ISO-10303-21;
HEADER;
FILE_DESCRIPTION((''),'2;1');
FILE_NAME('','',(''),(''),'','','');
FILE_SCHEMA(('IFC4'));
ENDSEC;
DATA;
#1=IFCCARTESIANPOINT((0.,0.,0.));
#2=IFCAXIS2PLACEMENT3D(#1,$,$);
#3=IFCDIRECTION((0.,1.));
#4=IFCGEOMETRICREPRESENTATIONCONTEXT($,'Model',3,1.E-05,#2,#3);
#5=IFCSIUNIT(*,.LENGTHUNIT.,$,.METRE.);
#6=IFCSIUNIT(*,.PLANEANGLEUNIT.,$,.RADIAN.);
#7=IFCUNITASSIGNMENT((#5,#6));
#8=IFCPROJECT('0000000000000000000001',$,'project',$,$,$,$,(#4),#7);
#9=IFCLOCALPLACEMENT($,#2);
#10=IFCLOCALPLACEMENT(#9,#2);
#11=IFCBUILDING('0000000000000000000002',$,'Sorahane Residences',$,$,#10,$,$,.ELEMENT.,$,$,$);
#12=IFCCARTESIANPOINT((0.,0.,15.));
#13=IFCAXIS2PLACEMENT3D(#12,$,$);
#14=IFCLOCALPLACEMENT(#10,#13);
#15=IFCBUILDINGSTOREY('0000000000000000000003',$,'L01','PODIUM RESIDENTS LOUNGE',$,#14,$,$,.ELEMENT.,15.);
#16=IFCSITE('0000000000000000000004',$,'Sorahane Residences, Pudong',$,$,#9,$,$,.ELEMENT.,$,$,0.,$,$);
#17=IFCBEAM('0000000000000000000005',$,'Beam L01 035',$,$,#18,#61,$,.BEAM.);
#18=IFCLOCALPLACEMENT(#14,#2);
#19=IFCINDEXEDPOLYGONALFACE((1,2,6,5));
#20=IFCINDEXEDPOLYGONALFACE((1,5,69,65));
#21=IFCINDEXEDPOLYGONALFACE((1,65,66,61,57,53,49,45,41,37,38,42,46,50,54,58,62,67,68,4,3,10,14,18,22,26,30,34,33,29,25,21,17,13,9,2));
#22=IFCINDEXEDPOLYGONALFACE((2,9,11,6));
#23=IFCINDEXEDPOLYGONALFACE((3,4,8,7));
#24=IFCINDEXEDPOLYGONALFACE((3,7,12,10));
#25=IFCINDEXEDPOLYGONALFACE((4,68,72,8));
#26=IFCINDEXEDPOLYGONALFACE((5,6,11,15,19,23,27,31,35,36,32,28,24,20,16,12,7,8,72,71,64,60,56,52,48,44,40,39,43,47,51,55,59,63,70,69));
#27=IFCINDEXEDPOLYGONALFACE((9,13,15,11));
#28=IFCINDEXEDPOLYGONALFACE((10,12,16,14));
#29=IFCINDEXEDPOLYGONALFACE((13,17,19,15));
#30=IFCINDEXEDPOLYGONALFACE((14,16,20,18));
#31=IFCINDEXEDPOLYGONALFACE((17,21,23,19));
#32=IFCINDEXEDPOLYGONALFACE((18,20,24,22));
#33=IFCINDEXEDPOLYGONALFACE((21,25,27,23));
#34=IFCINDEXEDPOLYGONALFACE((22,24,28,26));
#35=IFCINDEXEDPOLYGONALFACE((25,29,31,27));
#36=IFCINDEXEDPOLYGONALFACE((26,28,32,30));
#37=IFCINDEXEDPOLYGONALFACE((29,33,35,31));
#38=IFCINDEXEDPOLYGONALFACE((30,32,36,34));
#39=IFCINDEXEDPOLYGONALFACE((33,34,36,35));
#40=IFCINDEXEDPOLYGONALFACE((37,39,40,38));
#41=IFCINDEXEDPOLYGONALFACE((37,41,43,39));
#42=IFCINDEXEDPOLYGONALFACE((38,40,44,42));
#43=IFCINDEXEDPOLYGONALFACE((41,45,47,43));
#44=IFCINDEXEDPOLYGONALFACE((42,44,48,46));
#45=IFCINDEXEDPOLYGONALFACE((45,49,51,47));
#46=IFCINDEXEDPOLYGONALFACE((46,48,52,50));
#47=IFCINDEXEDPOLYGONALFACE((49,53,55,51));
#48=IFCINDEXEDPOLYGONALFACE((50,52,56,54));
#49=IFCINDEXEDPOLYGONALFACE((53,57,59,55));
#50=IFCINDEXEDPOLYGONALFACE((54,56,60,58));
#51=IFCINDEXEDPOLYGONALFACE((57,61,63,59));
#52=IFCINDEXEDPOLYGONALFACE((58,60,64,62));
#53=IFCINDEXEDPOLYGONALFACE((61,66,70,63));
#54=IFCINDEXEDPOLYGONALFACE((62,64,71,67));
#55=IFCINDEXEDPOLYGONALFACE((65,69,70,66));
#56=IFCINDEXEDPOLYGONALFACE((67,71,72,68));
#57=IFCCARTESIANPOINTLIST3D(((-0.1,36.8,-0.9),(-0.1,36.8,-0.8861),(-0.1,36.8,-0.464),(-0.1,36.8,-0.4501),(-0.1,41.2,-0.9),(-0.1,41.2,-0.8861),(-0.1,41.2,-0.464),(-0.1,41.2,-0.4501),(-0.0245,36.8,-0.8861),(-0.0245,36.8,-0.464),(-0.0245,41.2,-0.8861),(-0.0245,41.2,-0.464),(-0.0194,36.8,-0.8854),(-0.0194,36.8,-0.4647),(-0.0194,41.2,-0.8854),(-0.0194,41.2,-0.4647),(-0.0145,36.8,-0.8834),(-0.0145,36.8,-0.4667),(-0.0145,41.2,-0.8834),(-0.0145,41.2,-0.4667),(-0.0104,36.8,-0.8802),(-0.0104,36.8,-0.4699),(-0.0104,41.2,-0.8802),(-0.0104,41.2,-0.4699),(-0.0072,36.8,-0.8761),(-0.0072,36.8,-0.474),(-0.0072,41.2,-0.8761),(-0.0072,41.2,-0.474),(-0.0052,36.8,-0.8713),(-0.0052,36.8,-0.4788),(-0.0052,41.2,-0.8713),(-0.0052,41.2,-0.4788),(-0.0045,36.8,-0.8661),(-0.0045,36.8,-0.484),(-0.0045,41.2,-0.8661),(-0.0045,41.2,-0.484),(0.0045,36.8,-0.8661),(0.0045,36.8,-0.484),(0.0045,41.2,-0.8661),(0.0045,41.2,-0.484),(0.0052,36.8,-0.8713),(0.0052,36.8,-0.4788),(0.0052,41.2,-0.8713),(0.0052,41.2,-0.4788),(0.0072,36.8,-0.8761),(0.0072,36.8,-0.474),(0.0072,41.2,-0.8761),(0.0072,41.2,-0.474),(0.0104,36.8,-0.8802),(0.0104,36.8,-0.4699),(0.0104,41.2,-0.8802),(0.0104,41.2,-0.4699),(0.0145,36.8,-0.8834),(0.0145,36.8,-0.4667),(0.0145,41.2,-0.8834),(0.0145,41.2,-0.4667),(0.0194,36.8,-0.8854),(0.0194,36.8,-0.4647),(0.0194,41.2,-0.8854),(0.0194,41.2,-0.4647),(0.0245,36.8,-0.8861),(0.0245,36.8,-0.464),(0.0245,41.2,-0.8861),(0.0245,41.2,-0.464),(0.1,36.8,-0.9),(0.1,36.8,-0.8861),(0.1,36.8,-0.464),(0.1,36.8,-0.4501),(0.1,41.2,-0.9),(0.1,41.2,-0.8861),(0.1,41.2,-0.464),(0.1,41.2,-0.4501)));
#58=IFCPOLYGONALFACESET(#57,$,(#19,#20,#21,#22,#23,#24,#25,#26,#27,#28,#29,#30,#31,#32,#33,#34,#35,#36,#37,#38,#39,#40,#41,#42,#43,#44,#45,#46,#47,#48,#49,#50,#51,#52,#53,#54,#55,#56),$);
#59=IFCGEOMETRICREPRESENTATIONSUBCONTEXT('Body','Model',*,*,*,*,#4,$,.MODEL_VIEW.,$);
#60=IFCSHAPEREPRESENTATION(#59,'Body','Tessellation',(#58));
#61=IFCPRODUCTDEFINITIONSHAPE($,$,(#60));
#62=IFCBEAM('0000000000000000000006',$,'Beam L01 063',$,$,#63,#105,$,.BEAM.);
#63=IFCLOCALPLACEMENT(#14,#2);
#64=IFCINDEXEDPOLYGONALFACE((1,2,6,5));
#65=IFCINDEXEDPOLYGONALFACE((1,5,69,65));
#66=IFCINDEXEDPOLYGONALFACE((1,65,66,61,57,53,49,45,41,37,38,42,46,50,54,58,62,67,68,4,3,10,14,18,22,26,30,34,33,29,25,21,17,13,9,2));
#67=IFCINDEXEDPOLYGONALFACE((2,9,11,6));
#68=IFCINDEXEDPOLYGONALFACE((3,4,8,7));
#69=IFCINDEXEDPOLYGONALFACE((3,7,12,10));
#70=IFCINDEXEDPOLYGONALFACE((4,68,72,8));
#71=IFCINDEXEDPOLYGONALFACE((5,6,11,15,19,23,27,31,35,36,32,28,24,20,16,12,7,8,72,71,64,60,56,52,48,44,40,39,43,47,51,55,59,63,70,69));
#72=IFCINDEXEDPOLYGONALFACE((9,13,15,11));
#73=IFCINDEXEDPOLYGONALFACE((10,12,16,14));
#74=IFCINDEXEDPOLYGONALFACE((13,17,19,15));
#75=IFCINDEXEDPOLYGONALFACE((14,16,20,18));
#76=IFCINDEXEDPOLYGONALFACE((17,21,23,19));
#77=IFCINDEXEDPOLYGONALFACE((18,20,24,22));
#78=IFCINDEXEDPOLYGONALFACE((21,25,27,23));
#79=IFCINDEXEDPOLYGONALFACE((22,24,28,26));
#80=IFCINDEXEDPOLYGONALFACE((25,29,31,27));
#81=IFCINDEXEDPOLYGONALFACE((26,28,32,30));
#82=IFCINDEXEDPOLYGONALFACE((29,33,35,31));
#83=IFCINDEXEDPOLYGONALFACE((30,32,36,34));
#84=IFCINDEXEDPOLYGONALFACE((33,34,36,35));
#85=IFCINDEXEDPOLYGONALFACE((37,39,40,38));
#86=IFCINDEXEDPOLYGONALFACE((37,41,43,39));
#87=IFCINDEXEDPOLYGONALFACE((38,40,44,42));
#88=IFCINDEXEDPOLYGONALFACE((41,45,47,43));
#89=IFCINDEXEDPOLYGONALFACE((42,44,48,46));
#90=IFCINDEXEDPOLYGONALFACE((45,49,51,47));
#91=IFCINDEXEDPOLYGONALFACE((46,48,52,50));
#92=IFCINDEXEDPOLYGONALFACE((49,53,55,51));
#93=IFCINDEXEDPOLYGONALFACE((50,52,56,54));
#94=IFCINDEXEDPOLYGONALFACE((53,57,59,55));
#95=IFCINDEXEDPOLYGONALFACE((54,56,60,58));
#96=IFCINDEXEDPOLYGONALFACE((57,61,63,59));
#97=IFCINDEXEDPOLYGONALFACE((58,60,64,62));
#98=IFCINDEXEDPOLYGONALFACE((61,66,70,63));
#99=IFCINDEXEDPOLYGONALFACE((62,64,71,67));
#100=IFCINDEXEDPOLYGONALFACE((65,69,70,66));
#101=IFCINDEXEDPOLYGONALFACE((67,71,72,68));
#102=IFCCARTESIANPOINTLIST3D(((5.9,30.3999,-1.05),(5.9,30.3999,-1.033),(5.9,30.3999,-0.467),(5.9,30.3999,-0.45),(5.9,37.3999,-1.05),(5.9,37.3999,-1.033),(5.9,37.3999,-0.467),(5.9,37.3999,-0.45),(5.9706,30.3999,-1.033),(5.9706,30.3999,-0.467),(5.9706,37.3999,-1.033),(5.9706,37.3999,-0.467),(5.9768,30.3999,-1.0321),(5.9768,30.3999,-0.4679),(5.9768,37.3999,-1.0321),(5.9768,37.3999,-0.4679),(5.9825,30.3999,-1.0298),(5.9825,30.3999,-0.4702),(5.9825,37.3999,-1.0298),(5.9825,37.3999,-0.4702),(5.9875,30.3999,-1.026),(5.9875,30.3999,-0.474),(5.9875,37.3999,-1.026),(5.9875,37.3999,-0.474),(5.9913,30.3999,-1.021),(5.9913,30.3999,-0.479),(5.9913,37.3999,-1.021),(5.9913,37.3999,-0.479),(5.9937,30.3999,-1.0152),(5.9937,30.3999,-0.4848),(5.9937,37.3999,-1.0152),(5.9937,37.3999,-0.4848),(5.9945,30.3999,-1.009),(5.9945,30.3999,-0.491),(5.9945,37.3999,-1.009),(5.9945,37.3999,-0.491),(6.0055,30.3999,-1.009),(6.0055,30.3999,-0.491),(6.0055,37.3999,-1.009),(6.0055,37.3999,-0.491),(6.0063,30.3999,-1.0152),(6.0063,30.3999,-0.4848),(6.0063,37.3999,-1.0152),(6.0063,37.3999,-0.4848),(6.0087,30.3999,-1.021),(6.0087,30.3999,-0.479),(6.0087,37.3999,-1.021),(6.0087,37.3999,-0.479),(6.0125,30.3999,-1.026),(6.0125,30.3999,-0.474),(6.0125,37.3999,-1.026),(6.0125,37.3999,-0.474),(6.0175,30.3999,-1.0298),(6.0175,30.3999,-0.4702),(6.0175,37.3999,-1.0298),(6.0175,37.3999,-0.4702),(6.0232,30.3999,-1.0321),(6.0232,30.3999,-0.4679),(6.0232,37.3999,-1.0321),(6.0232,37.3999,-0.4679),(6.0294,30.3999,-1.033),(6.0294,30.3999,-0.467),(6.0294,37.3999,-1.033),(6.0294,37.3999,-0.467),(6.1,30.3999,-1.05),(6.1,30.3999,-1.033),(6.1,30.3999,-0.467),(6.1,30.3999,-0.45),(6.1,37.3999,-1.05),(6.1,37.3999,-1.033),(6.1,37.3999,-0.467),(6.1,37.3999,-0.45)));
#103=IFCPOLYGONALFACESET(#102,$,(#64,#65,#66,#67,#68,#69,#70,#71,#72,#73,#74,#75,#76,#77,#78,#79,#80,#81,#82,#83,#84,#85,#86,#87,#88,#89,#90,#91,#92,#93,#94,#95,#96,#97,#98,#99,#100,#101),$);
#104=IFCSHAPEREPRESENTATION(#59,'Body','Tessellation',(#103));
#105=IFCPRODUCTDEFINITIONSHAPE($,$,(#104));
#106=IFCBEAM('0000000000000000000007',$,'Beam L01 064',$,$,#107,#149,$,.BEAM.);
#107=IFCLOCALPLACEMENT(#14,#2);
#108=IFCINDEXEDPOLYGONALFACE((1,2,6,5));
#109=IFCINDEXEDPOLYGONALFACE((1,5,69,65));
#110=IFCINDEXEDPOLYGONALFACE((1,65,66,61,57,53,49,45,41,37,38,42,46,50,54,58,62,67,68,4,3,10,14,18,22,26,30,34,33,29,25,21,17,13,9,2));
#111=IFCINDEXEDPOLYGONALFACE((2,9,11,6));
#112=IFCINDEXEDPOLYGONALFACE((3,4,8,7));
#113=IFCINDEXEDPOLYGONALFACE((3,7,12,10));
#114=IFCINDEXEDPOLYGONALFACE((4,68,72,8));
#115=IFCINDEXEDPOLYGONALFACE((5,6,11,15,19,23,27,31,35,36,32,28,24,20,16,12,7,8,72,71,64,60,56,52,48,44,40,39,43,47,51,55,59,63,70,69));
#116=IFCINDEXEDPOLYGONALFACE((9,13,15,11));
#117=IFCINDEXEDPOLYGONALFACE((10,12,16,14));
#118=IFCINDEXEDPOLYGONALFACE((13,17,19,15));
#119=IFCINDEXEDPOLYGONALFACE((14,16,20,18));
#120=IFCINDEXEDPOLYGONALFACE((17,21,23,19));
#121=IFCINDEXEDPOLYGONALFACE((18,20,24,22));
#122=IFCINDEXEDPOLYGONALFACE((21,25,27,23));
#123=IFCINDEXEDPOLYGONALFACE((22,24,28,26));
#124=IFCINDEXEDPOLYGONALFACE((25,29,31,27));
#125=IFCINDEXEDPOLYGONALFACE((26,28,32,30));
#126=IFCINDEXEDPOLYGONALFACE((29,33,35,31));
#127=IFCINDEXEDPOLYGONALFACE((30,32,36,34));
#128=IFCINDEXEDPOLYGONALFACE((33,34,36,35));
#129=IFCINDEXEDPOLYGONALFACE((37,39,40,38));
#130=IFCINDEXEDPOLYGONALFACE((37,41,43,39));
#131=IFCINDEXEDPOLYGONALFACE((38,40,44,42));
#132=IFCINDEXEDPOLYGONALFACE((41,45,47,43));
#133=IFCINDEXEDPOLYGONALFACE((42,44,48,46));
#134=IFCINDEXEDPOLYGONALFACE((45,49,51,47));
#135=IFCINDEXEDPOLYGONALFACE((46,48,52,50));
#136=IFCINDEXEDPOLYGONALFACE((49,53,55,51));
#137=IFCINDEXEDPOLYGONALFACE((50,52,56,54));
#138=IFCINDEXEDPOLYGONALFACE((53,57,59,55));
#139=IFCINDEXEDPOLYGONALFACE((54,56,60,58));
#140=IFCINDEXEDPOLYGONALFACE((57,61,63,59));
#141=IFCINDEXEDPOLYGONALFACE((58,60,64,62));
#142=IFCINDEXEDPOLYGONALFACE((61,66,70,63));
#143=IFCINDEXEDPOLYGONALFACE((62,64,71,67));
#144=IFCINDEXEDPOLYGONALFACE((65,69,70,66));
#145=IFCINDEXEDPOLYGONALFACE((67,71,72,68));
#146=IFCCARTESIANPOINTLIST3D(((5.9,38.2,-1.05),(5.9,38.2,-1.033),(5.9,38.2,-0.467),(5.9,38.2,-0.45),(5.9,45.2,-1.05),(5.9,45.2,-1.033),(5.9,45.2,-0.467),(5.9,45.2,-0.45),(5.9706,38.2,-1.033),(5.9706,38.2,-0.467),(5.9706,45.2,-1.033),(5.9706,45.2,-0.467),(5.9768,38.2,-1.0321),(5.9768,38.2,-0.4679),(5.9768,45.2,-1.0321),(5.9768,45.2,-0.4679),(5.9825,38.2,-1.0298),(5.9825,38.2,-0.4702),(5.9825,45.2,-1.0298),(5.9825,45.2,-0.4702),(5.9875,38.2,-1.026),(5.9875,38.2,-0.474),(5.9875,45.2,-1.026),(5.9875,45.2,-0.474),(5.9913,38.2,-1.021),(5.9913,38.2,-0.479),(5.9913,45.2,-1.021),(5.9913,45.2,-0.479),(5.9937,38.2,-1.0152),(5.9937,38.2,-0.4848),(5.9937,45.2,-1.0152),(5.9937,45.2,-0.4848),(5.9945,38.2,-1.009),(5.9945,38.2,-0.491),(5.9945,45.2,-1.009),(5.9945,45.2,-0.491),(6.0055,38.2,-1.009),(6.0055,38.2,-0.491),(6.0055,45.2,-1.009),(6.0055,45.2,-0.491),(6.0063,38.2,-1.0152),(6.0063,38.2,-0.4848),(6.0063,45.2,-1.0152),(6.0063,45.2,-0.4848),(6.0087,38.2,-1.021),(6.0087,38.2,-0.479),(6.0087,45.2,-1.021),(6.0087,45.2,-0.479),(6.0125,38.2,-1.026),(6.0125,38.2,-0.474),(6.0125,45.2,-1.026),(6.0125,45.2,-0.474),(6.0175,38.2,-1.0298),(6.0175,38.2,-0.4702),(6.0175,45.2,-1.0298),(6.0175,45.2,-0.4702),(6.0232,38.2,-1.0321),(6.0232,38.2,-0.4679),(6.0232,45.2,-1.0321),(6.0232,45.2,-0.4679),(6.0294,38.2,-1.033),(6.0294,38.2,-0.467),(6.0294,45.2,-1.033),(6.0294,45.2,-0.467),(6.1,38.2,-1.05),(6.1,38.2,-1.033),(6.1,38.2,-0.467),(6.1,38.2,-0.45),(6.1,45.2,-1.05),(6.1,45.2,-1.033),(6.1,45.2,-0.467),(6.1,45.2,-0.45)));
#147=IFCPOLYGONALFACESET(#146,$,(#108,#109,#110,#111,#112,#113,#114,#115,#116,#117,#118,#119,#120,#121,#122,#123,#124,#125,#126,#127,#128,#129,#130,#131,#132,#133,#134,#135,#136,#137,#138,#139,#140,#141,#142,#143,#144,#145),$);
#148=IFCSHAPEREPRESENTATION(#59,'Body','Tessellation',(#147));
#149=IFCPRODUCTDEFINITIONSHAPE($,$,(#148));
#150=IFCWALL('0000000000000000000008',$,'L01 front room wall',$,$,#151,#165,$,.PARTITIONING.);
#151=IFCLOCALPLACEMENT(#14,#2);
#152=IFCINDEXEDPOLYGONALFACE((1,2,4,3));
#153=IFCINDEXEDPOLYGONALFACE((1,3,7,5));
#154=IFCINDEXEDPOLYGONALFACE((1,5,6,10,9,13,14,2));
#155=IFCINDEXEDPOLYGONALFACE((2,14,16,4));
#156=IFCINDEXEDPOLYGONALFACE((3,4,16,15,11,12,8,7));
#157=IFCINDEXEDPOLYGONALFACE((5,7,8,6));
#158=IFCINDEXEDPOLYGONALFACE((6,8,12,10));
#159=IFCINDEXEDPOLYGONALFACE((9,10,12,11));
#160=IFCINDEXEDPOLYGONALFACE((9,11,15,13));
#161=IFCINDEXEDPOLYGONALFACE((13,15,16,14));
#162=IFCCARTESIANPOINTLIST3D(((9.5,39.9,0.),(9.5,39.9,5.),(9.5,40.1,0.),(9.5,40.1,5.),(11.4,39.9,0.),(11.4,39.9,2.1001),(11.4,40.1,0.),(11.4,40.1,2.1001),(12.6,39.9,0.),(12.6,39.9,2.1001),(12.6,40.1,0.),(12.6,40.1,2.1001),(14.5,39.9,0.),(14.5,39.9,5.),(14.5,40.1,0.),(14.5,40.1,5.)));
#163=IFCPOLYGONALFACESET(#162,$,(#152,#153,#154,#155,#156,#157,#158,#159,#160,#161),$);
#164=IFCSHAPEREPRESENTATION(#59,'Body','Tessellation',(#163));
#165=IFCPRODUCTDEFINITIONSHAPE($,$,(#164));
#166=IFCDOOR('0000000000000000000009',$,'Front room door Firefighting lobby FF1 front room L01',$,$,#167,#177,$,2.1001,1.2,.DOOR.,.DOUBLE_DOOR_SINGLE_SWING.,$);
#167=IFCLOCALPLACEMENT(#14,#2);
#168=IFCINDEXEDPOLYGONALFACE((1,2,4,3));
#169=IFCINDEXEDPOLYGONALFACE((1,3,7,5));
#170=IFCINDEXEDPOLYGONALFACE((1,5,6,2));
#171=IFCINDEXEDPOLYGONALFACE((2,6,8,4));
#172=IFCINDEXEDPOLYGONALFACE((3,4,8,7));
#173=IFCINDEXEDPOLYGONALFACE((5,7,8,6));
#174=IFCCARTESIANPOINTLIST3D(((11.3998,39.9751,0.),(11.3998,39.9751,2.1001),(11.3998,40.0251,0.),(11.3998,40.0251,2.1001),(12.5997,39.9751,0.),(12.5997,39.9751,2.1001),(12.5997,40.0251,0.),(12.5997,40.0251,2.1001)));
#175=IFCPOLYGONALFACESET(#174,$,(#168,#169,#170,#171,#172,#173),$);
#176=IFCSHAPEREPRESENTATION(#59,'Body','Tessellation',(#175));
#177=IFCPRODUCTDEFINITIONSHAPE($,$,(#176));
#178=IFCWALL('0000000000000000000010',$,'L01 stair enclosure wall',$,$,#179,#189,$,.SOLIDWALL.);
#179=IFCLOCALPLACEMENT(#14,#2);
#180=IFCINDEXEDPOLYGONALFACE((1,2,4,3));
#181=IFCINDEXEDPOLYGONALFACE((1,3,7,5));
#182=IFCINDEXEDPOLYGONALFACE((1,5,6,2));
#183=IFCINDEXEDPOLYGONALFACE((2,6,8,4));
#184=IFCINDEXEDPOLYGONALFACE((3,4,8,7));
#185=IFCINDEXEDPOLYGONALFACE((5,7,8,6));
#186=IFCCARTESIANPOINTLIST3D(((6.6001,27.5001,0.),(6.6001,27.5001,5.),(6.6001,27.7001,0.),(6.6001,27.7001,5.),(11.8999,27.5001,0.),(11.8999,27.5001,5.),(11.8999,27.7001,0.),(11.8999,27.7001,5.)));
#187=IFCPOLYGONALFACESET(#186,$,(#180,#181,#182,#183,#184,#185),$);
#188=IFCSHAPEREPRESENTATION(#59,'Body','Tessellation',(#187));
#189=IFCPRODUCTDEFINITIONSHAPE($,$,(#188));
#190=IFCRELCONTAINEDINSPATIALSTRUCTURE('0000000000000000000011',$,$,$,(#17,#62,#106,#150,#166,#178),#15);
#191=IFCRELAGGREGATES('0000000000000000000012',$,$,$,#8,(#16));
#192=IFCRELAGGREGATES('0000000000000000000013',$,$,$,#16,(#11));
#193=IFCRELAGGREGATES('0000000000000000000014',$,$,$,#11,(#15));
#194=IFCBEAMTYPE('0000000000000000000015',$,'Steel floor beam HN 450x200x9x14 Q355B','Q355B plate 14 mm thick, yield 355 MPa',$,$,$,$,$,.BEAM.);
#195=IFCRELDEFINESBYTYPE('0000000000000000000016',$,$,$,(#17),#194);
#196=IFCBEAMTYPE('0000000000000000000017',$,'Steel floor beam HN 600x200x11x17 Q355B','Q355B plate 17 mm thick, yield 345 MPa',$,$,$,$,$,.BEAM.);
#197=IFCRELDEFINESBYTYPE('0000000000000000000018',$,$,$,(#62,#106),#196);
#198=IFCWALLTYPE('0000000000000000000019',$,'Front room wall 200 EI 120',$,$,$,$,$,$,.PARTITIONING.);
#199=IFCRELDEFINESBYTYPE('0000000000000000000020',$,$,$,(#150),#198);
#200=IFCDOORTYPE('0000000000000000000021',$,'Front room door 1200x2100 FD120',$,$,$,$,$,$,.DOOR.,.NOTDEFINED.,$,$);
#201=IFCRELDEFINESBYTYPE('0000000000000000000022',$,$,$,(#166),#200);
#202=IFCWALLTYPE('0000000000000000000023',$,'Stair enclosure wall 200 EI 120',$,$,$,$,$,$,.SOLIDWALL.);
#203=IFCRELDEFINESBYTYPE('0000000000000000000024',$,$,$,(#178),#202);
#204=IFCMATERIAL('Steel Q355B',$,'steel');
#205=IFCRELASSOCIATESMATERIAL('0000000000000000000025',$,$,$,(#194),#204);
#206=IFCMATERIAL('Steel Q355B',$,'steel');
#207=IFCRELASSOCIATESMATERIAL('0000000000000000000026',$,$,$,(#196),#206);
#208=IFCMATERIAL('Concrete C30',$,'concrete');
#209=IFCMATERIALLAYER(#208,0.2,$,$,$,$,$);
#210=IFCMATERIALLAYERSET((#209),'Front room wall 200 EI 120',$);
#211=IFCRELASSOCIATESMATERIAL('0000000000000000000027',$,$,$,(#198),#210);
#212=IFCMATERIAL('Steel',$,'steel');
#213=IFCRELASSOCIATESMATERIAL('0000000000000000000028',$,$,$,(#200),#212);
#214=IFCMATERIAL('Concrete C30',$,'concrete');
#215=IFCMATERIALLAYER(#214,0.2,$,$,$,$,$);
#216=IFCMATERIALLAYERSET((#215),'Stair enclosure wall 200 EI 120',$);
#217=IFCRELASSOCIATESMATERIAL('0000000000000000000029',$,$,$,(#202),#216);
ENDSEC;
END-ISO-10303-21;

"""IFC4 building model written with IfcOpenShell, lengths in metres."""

from ifc_helpers import new_model, si_unit, direction, frame, frame_2d, origin, origin_2d, place, context, subcontext, project, spatial, rectangle, i_section, extrude, material, layer, layer_set, material_profile, profile_set, type_object, element, fill, save


model = new_model("IFC4")

# Units and contexts
model_context = context("Model", 3, precision=1e-05, world=origin(), true_north=direction((0.0, 1.0)))
body_context = subcontext(model_context, "Body", "Model", "MODEL_VIEW")
ifc_project = project(units=[si_unit("LENGTHUNIT", "METRE"), si_unit("PLANEANGLEUNIT", "RADIAN")], contexts=[model_context])

# Site, building, storey
site_placement = place(None, origin())
site = spatial("IfcSite", under=ifc_project, at=site_placement, Name="Sorahane Residences, Pudong", CompositionType="ELEMENT", RefElevation=0.0)
building_placement = place(site_placement, origin())
building = spatial("IfcBuilding", under=site, at=building_placement, Name="Sorahane Residences", CompositionType="ELEMENT")
storey_placement = place(building_placement, frame((0.0, 0.0, 15.0)))
storey = spatial("IfcBuildingStorey", under=building, at=storey_placement, Name="L01", Description="PODIUM RESIDENTS LOUNGE", CompositionType="ELEMENT", Elevation=15.0)

# Beams
ifc_material_1 = material(Name="Steel Q355B", Category="steel")
ifc_material_profile_1 = material_profile(ifc_material_1, i_section(OverallWidth=0.2, OverallDepth=0.45, WebThickness=0.009, FlangeThickness=0.0139, FilletRadius=0.02, at=origin_2d()), Name="HN 450x200x9x14")
ifc_profile_set_1 = profile_set([ifc_material_profile_1], Name="Steel Q355B")
beam_type_1 = type_object("IfcBeamType", Name="Steel floor beam HN 450x200x9x14 Q355B", Description="Q355B plate 14 mm thick, yield 355 MPa", PredefinedType="BEAM", material=ifc_profile_set_1)
beam_1_placement = place(storey_placement, frame((0.0, 36.8, -0.675), z_axis=(0.0, 1.0, 0.0), x_axis=(-1.0, 0.0, 0.0)))
element("IfcBeam", 1, at=beam_1_placement, inside=storey, type_object=beam_type_1, Name="Beam L01 035", PredefinedType="BEAM", context=body_context, shape_type="SweptSolid", body=[
    extrude(i_section(OverallWidth=0.2, OverallDepth=0.45, WebThickness=0.009, FlangeThickness=0.0139, FilletRadius=0.02, at=origin_2d()), origin(), (0.0, 0.0, 1.0), 4.3999),
])
ifc_material_2 = material(Name="Steel Q355B", Category="steel")
ifc_material_profile_2 = material_profile(ifc_material_2, i_section(OverallWidth=0.2, OverallDepth=0.6001, WebThickness=0.011, FlangeThickness=0.0171, FilletRadius=0.0239, at=origin_2d()), Name="HN 600x200x11x17")
ifc_profile_set_2 = profile_set([ifc_material_profile_2], Name="Steel Q355B")
beam_type_2 = type_object("IfcBeamType", Name="Steel floor beam HN 600x200x11x17 Q355B", Description="Q355B plate 17 mm thick, yield 345 MPa", PredefinedType="BEAM", material=ifc_profile_set_2)
for number, where, z_axis, x_axis, name in (
    (2, (6.0, 30.3999, -0.75), (0.0, 1.0, 0.0), (-1.0, 0.0, 0.0), "Beam L01 063"),
    (3, (6.0, 38.2, -0.75), (0.0, 1.0, 0.0), (-1.0, 0.0, 0.0), "Beam L01 064"),
):
    element("IfcBeam", number, at=place(storey_placement, frame(where, z_axis=z_axis, x_axis=x_axis)), inside=storey, type_object=beam_type_2, Name=name, PredefinedType="BEAM", context=body_context, shape_type="SweptSolid", body=[
        extrude(i_section(OverallWidth=0.2, OverallDepth=0.6001, WebThickness=0.011, FlangeThickness=0.0171, FilletRadius=0.0239, at=origin_2d()), origin(), (0.0, 0.0, 1.0), 7.0),
    ])

# Wall, opening, door
ifc_material_3 = material(Name="Concrete C30", Category="concrete")
ifc_layer_1 = layer(ifc_material_3, 0.2)
ifc_layer_set_1 = layer_set([ifc_layer_1], Name="Front room wall 200 EI 120")
wall_type_1 = type_object("IfcWallType", Name="Front room wall 200 EI 120", PredefinedType="PARTITIONING", material=ifc_layer_set_1)
wall_1_placement = place(storey_placement, frame((9.5, 40.0, 0.0), z_axis=(0.0, 0.0, 1.0), x_axis=(1.0, 0.0, 0.0)))
wall_1 = element("IfcWall", 4, at=wall_1_placement, inside=storey, type_object=wall_type_1, Name="L01 front room wall", PredefinedType="PARTITIONING", context=body_context, shape_type="SweptSolid", body=[
    extrude(rectangle(XDim=5.0, YDim=0.2, at=frame_2d((2.5, 0.0))), origin(), (0.0, 0.0, 1.0), 5.0),
])
opening_placement = place(wall_1_placement, frame((1.8999, 0.0, 0.0)))
opening = element("IfcOpeningElement", 5, at=opening_placement, cuts=wall_1, PredefinedType="OPENING", context=body_context, shape_type="SweptSolid", body=[
    extrude(rectangle(XDim=1.2, YDim=2.1001, at=frame_2d((0.6001, 1.05))), frame((0.0, 0.1099, 0.0), z_axis=(0.0, -1.0, 0.0), x_axis=(1.0, 0.0, 0.0)), (0.0, 0.0, 1.0), 0.22),
])
ifc_material_4 = material(Name="Steel", Category="steel")
door_type = type_object("IfcDoorType", Name="Front room door 1200x2100 FD120", OperationType="NOTDEFINED", PredefinedType="DOOR", material=ifc_material_4)
door_placement = place(opening_placement, frame((1.2, 0.0, 0.0), z_axis=(0.0, 0.0, 1.0), x_axis=(-1.0, 0.0, 0.0)))
door = element("IfcDoor", 6, at=door_placement, inside=storey, type_object=door_type, Name="Front room door Firefighting lobby FF1 front room L01", OperationType="DOUBLE_DOOR_SINGLE_SWING", OverallHeight=2.1001, OverallWidth=1.2, PredefinedType="DOOR", context=body_context, shape_type="SweptSolid", body=[
    extrude(rectangle(XDim=1.2, YDim=2.1001, at=frame_2d((0.6001, 1.05))), frame((0.0, 0.0249, 0.0), z_axis=(0.0, -1.0, 0.0), x_axis=(1.0, 0.0, 0.0)), (0.0, 0.0, 1.0), 0.05),
])
fill(opening, door)

# Wall
ifc_material_5 = material(Name="Concrete C30", Category="concrete")
ifc_layer_2 = layer(ifc_material_5, 0.2)
ifc_layer_set_2 = layer_set([ifc_layer_2], Name="Stair enclosure wall 200 EI 120")
wall_type_2 = type_object("IfcWallType", Name="Stair enclosure wall 200 EI 120", PredefinedType="SOLIDWALL", material=ifc_layer_set_2)
wall_2_placement = place(storey_placement, frame((6.6001, 27.6001, 0.0), z_axis=(0.0, 0.0, 1.0), x_axis=(1.0, 0.0, 0.0)))
element("IfcWall", 7, at=wall_2_placement, inside=storey, type_object=wall_type_2, Name="L01 stair enclosure wall", PredefinedType="SOLIDWALL", context=body_context, shape_type="SweptSolid", body=[
    extrude(rectangle(XDim=5.2998, YDim=0.2, at=frame_2d((2.6499, 0.0))), origin(), (0.0, 0.0, 1.0), 5.0),
])

save(model, "model.ifc")
